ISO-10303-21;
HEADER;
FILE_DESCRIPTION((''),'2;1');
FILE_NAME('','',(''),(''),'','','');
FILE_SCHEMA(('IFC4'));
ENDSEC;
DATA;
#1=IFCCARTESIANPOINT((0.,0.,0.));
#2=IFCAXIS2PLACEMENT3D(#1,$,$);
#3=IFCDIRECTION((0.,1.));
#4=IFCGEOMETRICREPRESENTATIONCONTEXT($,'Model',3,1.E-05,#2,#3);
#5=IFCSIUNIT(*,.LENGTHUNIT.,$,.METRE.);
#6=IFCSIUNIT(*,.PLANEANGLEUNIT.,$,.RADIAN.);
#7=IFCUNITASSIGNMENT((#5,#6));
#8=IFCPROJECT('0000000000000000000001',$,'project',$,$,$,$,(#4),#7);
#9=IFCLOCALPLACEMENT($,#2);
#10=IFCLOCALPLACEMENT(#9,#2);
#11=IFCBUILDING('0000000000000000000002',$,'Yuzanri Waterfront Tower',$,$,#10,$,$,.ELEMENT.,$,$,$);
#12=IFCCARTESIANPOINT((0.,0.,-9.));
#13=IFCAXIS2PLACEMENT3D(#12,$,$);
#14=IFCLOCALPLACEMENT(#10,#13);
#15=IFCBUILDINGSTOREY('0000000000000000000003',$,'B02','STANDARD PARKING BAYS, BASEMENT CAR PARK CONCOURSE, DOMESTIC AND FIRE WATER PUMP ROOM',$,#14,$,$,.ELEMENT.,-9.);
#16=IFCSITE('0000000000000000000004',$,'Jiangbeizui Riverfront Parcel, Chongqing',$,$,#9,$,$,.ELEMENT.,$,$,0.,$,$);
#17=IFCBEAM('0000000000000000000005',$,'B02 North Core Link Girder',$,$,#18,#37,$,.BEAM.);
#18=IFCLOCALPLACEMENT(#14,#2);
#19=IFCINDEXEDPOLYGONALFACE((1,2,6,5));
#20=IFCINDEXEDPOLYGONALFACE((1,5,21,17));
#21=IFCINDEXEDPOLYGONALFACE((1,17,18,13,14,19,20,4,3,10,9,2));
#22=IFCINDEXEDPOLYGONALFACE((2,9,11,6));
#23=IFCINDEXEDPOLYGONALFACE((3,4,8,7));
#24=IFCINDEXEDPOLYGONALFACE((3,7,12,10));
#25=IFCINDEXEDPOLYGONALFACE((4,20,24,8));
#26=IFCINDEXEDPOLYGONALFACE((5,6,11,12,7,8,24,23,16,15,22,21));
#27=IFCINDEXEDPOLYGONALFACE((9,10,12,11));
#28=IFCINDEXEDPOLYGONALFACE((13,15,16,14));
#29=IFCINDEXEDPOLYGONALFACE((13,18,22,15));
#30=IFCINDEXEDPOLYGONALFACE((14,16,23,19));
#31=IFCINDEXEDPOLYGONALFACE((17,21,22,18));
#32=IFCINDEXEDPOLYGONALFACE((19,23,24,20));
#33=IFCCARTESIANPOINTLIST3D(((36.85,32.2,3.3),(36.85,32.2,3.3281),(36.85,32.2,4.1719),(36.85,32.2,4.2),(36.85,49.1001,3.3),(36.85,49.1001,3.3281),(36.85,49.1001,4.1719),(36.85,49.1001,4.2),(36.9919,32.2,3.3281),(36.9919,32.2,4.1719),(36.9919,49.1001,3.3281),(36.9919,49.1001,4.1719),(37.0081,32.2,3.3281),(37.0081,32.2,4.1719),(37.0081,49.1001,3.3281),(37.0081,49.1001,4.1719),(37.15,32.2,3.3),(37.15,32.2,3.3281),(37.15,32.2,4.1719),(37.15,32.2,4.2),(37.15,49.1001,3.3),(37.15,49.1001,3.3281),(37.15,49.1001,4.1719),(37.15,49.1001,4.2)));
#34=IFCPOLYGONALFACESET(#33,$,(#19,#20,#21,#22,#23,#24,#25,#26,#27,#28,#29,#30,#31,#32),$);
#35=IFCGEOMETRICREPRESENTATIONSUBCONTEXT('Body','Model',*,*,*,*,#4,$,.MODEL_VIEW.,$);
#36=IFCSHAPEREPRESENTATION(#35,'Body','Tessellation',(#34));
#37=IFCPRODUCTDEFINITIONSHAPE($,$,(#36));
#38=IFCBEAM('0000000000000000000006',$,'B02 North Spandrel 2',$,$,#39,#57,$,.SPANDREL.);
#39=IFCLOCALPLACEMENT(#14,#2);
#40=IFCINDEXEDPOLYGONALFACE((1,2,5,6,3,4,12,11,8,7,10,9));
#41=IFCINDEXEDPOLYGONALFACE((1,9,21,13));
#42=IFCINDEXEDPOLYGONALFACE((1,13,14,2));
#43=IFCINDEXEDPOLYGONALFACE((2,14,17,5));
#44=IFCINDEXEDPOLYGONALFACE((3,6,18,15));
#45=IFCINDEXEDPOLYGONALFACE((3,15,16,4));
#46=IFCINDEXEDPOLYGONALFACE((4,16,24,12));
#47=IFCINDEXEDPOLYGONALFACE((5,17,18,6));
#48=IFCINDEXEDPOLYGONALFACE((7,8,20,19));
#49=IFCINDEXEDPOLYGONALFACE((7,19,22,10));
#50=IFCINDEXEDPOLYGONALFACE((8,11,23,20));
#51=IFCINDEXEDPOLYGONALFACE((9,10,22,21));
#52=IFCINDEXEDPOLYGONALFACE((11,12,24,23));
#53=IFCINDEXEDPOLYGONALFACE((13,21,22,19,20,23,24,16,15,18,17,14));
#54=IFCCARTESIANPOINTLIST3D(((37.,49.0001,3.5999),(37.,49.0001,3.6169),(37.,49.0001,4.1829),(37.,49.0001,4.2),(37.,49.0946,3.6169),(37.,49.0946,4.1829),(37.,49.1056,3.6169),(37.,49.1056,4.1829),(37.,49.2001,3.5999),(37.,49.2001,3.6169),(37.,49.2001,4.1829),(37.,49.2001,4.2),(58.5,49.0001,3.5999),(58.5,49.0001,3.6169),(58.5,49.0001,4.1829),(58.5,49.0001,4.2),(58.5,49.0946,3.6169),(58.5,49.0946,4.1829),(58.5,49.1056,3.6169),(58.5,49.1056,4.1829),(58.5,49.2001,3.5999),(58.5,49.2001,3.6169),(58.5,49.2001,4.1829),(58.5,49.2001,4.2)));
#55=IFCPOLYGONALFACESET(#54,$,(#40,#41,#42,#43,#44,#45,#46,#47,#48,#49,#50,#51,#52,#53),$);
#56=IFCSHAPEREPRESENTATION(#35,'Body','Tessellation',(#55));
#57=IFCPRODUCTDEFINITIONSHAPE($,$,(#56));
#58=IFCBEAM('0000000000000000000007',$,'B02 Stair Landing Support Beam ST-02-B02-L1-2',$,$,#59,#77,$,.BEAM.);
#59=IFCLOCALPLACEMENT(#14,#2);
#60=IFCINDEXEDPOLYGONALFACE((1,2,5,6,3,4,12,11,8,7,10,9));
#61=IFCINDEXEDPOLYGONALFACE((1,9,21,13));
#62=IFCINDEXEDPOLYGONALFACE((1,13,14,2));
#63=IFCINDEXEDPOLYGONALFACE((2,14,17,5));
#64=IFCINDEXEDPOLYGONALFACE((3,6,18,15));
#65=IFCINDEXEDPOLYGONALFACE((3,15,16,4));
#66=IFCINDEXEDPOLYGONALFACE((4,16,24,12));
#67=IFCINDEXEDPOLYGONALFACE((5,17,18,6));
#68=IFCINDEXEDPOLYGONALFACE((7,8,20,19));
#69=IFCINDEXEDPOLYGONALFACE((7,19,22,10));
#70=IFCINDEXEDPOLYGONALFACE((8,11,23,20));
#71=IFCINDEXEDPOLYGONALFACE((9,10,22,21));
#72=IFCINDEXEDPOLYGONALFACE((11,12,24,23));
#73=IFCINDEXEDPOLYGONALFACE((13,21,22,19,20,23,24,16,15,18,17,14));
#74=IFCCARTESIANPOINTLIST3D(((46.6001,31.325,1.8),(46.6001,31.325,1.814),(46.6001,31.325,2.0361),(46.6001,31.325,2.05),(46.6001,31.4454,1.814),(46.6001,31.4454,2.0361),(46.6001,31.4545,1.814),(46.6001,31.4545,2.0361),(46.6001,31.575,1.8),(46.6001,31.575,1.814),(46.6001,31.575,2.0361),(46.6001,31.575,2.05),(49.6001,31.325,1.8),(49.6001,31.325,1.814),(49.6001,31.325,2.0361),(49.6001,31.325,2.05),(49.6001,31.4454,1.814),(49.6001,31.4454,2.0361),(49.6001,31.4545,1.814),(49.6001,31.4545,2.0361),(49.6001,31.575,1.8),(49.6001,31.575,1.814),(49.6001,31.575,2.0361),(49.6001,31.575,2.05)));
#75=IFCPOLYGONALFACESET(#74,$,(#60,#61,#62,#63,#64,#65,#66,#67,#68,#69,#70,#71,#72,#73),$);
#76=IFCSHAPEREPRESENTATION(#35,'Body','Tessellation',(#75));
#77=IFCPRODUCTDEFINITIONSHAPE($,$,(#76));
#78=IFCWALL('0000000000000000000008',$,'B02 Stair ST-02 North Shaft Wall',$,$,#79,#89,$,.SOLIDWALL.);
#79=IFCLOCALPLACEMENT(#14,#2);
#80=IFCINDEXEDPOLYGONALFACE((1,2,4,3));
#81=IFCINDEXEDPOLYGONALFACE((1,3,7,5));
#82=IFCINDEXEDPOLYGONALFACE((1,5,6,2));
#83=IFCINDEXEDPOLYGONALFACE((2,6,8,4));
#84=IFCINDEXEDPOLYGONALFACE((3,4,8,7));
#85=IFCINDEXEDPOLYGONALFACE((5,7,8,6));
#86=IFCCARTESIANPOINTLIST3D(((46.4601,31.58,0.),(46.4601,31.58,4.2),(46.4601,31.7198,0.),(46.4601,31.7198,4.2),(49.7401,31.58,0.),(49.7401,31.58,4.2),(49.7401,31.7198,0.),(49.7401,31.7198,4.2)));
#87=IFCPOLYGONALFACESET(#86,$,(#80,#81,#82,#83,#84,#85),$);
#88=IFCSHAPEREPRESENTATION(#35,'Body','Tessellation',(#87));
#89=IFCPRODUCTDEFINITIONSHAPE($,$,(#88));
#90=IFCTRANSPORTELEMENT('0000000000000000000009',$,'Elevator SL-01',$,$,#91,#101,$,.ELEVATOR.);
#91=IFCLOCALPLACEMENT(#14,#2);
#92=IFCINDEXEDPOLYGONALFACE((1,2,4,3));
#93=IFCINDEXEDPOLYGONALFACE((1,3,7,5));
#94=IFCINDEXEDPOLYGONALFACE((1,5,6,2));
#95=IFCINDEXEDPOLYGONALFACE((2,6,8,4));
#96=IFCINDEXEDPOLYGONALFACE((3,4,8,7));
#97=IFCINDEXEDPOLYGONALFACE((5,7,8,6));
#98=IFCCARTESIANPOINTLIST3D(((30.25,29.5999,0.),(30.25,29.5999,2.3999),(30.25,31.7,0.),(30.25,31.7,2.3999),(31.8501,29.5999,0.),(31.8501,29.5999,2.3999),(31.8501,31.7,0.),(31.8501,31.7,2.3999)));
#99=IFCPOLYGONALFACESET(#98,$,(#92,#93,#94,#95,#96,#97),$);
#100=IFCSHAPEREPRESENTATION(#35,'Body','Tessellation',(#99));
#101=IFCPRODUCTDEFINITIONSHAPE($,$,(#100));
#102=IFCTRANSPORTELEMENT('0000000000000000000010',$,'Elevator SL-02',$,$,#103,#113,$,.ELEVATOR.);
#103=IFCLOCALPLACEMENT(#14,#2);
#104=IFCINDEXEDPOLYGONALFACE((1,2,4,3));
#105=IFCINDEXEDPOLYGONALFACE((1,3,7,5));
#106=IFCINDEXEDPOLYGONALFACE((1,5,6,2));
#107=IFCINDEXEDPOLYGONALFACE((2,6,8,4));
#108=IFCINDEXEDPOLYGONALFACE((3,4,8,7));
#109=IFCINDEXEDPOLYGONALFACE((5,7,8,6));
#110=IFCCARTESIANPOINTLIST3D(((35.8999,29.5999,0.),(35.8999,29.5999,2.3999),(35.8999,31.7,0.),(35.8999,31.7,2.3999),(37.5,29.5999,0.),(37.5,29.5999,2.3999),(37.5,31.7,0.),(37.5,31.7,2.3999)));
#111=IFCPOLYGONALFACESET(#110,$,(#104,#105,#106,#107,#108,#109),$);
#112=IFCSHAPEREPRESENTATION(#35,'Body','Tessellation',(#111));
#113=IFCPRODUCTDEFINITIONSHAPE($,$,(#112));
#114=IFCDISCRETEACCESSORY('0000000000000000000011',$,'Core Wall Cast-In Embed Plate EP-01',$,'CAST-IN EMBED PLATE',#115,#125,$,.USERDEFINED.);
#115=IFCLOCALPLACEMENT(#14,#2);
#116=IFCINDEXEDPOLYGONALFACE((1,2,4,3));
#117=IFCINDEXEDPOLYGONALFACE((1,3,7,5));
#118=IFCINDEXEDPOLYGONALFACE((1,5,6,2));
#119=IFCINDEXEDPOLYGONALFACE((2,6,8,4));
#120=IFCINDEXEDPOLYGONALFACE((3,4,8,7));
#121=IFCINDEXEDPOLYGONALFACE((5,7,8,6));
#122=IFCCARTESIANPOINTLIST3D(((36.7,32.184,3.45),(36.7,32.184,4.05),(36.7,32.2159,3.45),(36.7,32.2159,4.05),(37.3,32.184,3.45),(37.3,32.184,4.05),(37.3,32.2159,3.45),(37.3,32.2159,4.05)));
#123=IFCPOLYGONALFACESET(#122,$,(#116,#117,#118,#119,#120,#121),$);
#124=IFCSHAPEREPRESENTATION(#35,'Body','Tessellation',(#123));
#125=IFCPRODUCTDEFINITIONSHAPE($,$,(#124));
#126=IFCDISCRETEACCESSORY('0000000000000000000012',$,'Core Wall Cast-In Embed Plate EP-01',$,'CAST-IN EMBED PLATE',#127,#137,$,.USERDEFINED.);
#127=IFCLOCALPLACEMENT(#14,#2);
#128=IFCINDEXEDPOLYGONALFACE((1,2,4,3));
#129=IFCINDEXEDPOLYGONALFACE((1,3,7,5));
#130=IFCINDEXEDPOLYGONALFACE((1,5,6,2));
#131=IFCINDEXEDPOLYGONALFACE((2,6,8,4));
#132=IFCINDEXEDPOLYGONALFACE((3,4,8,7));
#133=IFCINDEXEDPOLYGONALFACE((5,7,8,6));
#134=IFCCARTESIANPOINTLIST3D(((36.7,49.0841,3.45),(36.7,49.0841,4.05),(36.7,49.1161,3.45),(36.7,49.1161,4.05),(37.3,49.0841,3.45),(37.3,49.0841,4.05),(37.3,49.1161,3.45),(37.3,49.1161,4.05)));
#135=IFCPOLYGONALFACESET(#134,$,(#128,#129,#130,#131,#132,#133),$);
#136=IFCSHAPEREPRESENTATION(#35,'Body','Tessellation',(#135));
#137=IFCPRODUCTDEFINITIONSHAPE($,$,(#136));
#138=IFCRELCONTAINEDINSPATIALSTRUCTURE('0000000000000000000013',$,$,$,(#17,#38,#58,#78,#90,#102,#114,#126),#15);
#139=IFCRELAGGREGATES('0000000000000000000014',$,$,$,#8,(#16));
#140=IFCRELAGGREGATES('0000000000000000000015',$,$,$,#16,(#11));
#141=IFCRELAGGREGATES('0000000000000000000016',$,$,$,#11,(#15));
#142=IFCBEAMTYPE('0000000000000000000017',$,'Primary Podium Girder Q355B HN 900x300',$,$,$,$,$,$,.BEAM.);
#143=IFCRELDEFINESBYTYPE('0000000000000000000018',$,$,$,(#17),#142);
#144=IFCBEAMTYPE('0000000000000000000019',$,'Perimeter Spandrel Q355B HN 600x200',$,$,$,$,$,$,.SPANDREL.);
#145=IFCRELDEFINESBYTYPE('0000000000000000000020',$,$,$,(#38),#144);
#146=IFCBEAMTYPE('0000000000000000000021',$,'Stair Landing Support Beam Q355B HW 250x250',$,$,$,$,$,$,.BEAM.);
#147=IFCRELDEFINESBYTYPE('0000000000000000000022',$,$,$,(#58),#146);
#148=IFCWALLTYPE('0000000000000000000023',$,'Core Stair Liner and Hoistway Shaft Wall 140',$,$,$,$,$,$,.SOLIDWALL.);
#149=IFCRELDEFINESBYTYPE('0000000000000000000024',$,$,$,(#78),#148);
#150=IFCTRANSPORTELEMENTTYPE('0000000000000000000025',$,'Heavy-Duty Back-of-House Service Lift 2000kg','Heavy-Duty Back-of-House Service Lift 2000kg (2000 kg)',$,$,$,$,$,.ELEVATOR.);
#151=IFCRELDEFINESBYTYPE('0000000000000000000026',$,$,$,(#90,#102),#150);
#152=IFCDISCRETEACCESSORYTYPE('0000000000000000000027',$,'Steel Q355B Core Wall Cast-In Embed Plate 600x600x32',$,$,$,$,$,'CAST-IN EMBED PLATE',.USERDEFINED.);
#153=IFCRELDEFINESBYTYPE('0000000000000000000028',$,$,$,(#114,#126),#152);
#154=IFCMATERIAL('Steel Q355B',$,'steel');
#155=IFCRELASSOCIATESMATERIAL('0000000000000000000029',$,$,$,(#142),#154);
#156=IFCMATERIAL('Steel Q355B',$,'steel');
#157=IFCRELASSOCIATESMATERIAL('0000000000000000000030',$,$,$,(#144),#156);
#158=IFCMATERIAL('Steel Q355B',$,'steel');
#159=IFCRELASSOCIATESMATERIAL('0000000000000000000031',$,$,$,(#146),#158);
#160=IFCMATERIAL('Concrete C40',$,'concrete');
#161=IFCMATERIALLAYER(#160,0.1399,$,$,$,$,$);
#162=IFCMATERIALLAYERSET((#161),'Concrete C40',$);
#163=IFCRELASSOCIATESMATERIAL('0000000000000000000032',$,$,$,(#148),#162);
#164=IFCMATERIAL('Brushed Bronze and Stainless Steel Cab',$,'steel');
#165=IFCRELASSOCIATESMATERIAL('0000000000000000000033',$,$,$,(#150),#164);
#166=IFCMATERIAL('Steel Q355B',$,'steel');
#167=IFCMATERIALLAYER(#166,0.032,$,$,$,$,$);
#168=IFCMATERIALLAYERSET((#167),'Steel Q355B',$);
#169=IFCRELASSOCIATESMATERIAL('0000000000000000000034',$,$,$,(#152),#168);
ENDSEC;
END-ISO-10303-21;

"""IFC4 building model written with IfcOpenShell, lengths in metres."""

from ifc_helpers import new_model, si_unit, direction, frame, frame_2d, origin, origin_2d, place, context, subcontext, project, spatial, rectangle, i_section, extrude, source, transform, mapped, material, layer, layer_set, material_profile, profile_set, type_object, element, save


model = new_model("IFC4")

# Units and contexts
model_context = context("Model", 3, precision=1e-05, world=origin(), true_north=direction((0.0, 1.0)))
body_context = subcontext(model_context, "Body", "Model", "MODEL_VIEW")
ifc_project = project(units=[si_unit("LENGTHUNIT", "METRE"), si_unit("PLANEANGLEUNIT", "RADIAN")], contexts=[model_context])

# Site, building, storey
site_placement = place(None, origin())
site = spatial("IfcSite", under=ifc_project, at=site_placement, Name="Jiangbeizui Riverfront Parcel, Chongqing", CompositionType="ELEMENT", RefElevation=0.0)
building_placement = place(site_placement, origin())
building = spatial("IfcBuilding", under=site, at=building_placement, Name="Yuzanri Waterfront Tower", CompositionType="ELEMENT")
storey_placement = place(building_placement, frame((0.0, 0.0, -9.0)))
storey = spatial("IfcBuildingStorey", under=building, at=storey_placement, Name="B02", Description="STANDARD PARKING BAYS, BASEMENT CAR PARK CONCOURSE, DOMESTIC AND FIRE WATER PUMP ROOM", CompositionType="ELEMENT", Elevation=-9.0)

# Beams
ifc_material_1 = material(Name="Steel Q355B", Category="steel")
ifc_material_profile_1 = material_profile(ifc_material_1, i_section(OverallWidth=0.3, OverallDepth=0.8999, WebThickness=0.0161, FlangeThickness=0.0281, at=origin_2d()), Name="HN 900x300x16x28")
ifc_profile_set_1 = profile_set([ifc_material_profile_1], Name="Steel Q355B")
beam_type_1 = type_object("IfcBeamType", Name="Primary Podium Girder Q355B HN 900x300", PredefinedType="BEAM", material=ifc_profile_set_1)
shared_shape_1 = source(origin(), body_context, "Body", "SweptSolid", [
    extrude(i_section(OverallWidth=0.3, OverallDepth=0.8999, WebThickness=0.0161, FlangeThickness=0.0281, at=origin_2d()), origin(), (0.0, 0.0, 1.0), 16.9001),
])
beam_1_placement = place(storey_placement, frame((37.0, 32.2, 3.75), z_axis=(0.0, 1.0, 0.0), x_axis=(-1.0, 0.0, 0.0)))
element("IfcBeam", 1, at=beam_1_placement, inside=storey, type_object=beam_type_1, Name="B02 North Core Link Girder", PredefinedType="BEAM", context=body_context, shape_type="MappedRepresentation", body=[
    mapped(shared_shape_1, transform((0.0, 0.0, 0.0), scale=1.0)),
])
ifc_material_2 = material(Name="Steel Q355B", Category="steel")
ifc_material_profile_2 = material_profile(ifc_material_2, i_section(OverallWidth=0.2, OverallDepth=0.6001, WebThickness=0.011, FlangeThickness=0.0171, at=origin_2d()), Name="HN 600x200x11x17")
ifc_profile_set_2 = profile_set([ifc_material_profile_2], Name="Steel Q355B")
beam_type_2 = type_object("IfcBeamType", Name="Perimeter Spandrel Q355B HN 600x200", PredefinedType="SPANDREL", material=ifc_profile_set_2)
shared_shape_2 = source(origin(), body_context, "Body", "SweptSolid", [
    extrude(i_section(OverallWidth=0.2, OverallDepth=0.6001, WebThickness=0.011, FlangeThickness=0.0171, at=origin_2d()), origin(), (0.0, 0.0, 1.0), 21.5),
])
beam_2_placement = place(storey_placement, frame((37.0, 49.1001, 3.8999), z_axis=(1.0, 0.0, 0.0), x_axis=(0.0, 1.0, 0.0)))
element("IfcBeam", 2, at=beam_2_placement, inside=storey, type_object=beam_type_2, Name="B02 North Spandrel 2", PredefinedType="SPANDREL", context=body_context, shape_type="MappedRepresentation", body=[
    mapped(shared_shape_2, transform((0.0, 0.0, 0.0), scale=1.0)),
])
ifc_material_3 = material(Name="Steel Q355B", Category="steel")
ifc_material_profile_3 = material_profile(ifc_material_3, i_section(OverallWidth=0.25, OverallDepth=0.25, WebThickness=0.009, FlangeThickness=0.0139, at=origin_2d()), Name="HW 250x250x9x14")
ifc_profile_set_3 = profile_set([ifc_material_profile_3], Name="Steel Q355B")
beam_type_3 = type_object("IfcBeamType", Name="Stair Landing Support Beam Q355B HW 250x250", PredefinedType="BEAM", material=ifc_profile_set_3)
shared_shape_3 = source(origin(), body_context, "Body", "SweptSolid", [
    extrude(i_section(OverallWidth=0.25, OverallDepth=0.25, WebThickness=0.009, FlangeThickness=0.0139, at=origin_2d()), origin(), (0.0, 0.0, 1.0), 3.0),
])
beam_3_placement = place(storey_placement, frame((46.6001, 31.45, 1.925), z_axis=(1.0, 0.0, 0.0), x_axis=(0.0, 1.0, 0.0)))
element("IfcBeam", 3, at=beam_3_placement, inside=storey, type_object=beam_type_3, Name="B02 Stair Landing Support Beam ST-02-B02-L1-2", PredefinedType="BEAM", context=body_context, shape_type="MappedRepresentation", body=[
    mapped(shared_shape_3, transform((0.0, 0.0, 0.0), scale=1.0)),
])

# Wall
ifc_material_4 = material(Name="Concrete C40", Category="concrete")
ifc_layer_1 = layer(ifc_material_4, 0.1399)
ifc_layer_set_1 = layer_set([ifc_layer_1], Name="Concrete C40")
wall_type = type_object("IfcWallType", Name="Core Stair Liner and Hoistway Shaft Wall 140", PredefinedType="SOLIDWALL", material=ifc_layer_set_1)
shared_shape_4 = source(origin(), body_context, "Body", "SweptSolid", [
    extrude(rectangle(XDim=3.28, YDim=0.1399, at=frame_2d((1.6401, 0.0))), origin(), (0.0, 0.0, 1.0), 4.2),
])
wall_placement = place(storey_placement, frame((46.46, 31.6499, 0.0), z_axis=(0.0, 0.0, 1.0), x_axis=(1.0, 0.0, 0.0)))
element("IfcWall", 4, at=wall_placement, inside=storey, type_object=wall_type, Name="B02 Stair ST-02 North Shaft Wall", PredefinedType="SOLIDWALL", context=body_context, shape_type="MappedRepresentation", body=[
    mapped(shared_shape_4, transform((0.0, 0.0, 0.0), scale=1.0)),
])

# Transport elements
ifc_material_5 = material(Name="Brushed Bronze and Stainless Steel Cab", Category="steel")
transport_element_type = type_object("IfcTransportElementType", Name="Heavy-Duty Back-of-House Service Lift 2000kg", Description="Heavy-Duty Back-of-House Service Lift 2000kg (2000 kg)", PredefinedType="ELEVATOR", material=ifc_material_5)
shared_shape_5 = source(origin(), body_context, "Body", "SweptSolid", [
    extrude(rectangle(XDim=1.6001, YDim=2.1001, at=origin_2d()), origin(), (0.0, 0.0, 1.0), 2.3999),
])
for number, where, z_axis, x_axis, name in (
    (5, (31.05, 30.6499, 0.0), (0.0, 0.0, 1.0), (1.0, 0.0, 0.0), "Elevator SL-01"),
    (6, (36.7, 30.6499, 0.0), (0.0, 0.0, 1.0), (1.0, 0.0, 0.0), "Elevator SL-02"),
):
    element("IfcTransportElement", number, at=place(storey_placement, frame(where, z_axis=z_axis, x_axis=x_axis)), inside=storey, type_object=transport_element_type, Name=name, PredefinedType="ELEVATOR", context=body_context, shape_type="MappedRepresentation", body=[
        mapped(shared_shape_5, transform((0.0, 0.0, 0.0), scale=1.0)),
    ])

# Discrete accessories
ifc_material_6 = material(Name="Steel Q355B", Category="steel")
ifc_layer_2 = layer(ifc_material_6, 0.032)
ifc_layer_set_2 = layer_set([ifc_layer_2], Name="Steel Q355B")
discrete_accessory_type = type_object("IfcDiscreteAccessoryType", Name="Steel Q355B Core Wall Cast-In Embed Plate 600x600x32", ElementType="CAST-IN EMBED PLATE", PredefinedType="USERDEFINED", material=ifc_layer_set_2)
shared_shape_6 = source(origin(), body_context, "Body", "SweptSolid", [
    extrude(rectangle(XDim=0.6001, YDim=0.032, at=origin_2d()), origin(), (0.0, 0.0, 1.0), 0.6001),
])
for number, where, z_axis, x_axis, name in (
    (7, (37.0, 32.2, 3.45), (0.0, 0.0, 1.0), (1.0, 0.0, 0.0), "Core Wall Cast-In Embed Plate EP-01"),
    (8, (37.0, 49.1001, 3.45), (0.0, 0.0, 1.0), (1.0, 0.0, 0.0), "Core Wall Cast-In Embed Plate EP-01"),
):
    element("IfcDiscreteAccessory", number, at=place(storey_placement, frame(where, z_axis=z_axis, x_axis=x_axis)), inside=storey, type_object=discrete_accessory_type, Name=name, ObjectType="CAST-IN EMBED PLATE", PredefinedType="USERDEFINED", context=body_context, shape_type="MappedRepresentation", body=[
        mapped(shared_shape_6, transform((0.0, 0.0, 0.0), scale=1.0)),
    ])

save(model, "model.ifc")
